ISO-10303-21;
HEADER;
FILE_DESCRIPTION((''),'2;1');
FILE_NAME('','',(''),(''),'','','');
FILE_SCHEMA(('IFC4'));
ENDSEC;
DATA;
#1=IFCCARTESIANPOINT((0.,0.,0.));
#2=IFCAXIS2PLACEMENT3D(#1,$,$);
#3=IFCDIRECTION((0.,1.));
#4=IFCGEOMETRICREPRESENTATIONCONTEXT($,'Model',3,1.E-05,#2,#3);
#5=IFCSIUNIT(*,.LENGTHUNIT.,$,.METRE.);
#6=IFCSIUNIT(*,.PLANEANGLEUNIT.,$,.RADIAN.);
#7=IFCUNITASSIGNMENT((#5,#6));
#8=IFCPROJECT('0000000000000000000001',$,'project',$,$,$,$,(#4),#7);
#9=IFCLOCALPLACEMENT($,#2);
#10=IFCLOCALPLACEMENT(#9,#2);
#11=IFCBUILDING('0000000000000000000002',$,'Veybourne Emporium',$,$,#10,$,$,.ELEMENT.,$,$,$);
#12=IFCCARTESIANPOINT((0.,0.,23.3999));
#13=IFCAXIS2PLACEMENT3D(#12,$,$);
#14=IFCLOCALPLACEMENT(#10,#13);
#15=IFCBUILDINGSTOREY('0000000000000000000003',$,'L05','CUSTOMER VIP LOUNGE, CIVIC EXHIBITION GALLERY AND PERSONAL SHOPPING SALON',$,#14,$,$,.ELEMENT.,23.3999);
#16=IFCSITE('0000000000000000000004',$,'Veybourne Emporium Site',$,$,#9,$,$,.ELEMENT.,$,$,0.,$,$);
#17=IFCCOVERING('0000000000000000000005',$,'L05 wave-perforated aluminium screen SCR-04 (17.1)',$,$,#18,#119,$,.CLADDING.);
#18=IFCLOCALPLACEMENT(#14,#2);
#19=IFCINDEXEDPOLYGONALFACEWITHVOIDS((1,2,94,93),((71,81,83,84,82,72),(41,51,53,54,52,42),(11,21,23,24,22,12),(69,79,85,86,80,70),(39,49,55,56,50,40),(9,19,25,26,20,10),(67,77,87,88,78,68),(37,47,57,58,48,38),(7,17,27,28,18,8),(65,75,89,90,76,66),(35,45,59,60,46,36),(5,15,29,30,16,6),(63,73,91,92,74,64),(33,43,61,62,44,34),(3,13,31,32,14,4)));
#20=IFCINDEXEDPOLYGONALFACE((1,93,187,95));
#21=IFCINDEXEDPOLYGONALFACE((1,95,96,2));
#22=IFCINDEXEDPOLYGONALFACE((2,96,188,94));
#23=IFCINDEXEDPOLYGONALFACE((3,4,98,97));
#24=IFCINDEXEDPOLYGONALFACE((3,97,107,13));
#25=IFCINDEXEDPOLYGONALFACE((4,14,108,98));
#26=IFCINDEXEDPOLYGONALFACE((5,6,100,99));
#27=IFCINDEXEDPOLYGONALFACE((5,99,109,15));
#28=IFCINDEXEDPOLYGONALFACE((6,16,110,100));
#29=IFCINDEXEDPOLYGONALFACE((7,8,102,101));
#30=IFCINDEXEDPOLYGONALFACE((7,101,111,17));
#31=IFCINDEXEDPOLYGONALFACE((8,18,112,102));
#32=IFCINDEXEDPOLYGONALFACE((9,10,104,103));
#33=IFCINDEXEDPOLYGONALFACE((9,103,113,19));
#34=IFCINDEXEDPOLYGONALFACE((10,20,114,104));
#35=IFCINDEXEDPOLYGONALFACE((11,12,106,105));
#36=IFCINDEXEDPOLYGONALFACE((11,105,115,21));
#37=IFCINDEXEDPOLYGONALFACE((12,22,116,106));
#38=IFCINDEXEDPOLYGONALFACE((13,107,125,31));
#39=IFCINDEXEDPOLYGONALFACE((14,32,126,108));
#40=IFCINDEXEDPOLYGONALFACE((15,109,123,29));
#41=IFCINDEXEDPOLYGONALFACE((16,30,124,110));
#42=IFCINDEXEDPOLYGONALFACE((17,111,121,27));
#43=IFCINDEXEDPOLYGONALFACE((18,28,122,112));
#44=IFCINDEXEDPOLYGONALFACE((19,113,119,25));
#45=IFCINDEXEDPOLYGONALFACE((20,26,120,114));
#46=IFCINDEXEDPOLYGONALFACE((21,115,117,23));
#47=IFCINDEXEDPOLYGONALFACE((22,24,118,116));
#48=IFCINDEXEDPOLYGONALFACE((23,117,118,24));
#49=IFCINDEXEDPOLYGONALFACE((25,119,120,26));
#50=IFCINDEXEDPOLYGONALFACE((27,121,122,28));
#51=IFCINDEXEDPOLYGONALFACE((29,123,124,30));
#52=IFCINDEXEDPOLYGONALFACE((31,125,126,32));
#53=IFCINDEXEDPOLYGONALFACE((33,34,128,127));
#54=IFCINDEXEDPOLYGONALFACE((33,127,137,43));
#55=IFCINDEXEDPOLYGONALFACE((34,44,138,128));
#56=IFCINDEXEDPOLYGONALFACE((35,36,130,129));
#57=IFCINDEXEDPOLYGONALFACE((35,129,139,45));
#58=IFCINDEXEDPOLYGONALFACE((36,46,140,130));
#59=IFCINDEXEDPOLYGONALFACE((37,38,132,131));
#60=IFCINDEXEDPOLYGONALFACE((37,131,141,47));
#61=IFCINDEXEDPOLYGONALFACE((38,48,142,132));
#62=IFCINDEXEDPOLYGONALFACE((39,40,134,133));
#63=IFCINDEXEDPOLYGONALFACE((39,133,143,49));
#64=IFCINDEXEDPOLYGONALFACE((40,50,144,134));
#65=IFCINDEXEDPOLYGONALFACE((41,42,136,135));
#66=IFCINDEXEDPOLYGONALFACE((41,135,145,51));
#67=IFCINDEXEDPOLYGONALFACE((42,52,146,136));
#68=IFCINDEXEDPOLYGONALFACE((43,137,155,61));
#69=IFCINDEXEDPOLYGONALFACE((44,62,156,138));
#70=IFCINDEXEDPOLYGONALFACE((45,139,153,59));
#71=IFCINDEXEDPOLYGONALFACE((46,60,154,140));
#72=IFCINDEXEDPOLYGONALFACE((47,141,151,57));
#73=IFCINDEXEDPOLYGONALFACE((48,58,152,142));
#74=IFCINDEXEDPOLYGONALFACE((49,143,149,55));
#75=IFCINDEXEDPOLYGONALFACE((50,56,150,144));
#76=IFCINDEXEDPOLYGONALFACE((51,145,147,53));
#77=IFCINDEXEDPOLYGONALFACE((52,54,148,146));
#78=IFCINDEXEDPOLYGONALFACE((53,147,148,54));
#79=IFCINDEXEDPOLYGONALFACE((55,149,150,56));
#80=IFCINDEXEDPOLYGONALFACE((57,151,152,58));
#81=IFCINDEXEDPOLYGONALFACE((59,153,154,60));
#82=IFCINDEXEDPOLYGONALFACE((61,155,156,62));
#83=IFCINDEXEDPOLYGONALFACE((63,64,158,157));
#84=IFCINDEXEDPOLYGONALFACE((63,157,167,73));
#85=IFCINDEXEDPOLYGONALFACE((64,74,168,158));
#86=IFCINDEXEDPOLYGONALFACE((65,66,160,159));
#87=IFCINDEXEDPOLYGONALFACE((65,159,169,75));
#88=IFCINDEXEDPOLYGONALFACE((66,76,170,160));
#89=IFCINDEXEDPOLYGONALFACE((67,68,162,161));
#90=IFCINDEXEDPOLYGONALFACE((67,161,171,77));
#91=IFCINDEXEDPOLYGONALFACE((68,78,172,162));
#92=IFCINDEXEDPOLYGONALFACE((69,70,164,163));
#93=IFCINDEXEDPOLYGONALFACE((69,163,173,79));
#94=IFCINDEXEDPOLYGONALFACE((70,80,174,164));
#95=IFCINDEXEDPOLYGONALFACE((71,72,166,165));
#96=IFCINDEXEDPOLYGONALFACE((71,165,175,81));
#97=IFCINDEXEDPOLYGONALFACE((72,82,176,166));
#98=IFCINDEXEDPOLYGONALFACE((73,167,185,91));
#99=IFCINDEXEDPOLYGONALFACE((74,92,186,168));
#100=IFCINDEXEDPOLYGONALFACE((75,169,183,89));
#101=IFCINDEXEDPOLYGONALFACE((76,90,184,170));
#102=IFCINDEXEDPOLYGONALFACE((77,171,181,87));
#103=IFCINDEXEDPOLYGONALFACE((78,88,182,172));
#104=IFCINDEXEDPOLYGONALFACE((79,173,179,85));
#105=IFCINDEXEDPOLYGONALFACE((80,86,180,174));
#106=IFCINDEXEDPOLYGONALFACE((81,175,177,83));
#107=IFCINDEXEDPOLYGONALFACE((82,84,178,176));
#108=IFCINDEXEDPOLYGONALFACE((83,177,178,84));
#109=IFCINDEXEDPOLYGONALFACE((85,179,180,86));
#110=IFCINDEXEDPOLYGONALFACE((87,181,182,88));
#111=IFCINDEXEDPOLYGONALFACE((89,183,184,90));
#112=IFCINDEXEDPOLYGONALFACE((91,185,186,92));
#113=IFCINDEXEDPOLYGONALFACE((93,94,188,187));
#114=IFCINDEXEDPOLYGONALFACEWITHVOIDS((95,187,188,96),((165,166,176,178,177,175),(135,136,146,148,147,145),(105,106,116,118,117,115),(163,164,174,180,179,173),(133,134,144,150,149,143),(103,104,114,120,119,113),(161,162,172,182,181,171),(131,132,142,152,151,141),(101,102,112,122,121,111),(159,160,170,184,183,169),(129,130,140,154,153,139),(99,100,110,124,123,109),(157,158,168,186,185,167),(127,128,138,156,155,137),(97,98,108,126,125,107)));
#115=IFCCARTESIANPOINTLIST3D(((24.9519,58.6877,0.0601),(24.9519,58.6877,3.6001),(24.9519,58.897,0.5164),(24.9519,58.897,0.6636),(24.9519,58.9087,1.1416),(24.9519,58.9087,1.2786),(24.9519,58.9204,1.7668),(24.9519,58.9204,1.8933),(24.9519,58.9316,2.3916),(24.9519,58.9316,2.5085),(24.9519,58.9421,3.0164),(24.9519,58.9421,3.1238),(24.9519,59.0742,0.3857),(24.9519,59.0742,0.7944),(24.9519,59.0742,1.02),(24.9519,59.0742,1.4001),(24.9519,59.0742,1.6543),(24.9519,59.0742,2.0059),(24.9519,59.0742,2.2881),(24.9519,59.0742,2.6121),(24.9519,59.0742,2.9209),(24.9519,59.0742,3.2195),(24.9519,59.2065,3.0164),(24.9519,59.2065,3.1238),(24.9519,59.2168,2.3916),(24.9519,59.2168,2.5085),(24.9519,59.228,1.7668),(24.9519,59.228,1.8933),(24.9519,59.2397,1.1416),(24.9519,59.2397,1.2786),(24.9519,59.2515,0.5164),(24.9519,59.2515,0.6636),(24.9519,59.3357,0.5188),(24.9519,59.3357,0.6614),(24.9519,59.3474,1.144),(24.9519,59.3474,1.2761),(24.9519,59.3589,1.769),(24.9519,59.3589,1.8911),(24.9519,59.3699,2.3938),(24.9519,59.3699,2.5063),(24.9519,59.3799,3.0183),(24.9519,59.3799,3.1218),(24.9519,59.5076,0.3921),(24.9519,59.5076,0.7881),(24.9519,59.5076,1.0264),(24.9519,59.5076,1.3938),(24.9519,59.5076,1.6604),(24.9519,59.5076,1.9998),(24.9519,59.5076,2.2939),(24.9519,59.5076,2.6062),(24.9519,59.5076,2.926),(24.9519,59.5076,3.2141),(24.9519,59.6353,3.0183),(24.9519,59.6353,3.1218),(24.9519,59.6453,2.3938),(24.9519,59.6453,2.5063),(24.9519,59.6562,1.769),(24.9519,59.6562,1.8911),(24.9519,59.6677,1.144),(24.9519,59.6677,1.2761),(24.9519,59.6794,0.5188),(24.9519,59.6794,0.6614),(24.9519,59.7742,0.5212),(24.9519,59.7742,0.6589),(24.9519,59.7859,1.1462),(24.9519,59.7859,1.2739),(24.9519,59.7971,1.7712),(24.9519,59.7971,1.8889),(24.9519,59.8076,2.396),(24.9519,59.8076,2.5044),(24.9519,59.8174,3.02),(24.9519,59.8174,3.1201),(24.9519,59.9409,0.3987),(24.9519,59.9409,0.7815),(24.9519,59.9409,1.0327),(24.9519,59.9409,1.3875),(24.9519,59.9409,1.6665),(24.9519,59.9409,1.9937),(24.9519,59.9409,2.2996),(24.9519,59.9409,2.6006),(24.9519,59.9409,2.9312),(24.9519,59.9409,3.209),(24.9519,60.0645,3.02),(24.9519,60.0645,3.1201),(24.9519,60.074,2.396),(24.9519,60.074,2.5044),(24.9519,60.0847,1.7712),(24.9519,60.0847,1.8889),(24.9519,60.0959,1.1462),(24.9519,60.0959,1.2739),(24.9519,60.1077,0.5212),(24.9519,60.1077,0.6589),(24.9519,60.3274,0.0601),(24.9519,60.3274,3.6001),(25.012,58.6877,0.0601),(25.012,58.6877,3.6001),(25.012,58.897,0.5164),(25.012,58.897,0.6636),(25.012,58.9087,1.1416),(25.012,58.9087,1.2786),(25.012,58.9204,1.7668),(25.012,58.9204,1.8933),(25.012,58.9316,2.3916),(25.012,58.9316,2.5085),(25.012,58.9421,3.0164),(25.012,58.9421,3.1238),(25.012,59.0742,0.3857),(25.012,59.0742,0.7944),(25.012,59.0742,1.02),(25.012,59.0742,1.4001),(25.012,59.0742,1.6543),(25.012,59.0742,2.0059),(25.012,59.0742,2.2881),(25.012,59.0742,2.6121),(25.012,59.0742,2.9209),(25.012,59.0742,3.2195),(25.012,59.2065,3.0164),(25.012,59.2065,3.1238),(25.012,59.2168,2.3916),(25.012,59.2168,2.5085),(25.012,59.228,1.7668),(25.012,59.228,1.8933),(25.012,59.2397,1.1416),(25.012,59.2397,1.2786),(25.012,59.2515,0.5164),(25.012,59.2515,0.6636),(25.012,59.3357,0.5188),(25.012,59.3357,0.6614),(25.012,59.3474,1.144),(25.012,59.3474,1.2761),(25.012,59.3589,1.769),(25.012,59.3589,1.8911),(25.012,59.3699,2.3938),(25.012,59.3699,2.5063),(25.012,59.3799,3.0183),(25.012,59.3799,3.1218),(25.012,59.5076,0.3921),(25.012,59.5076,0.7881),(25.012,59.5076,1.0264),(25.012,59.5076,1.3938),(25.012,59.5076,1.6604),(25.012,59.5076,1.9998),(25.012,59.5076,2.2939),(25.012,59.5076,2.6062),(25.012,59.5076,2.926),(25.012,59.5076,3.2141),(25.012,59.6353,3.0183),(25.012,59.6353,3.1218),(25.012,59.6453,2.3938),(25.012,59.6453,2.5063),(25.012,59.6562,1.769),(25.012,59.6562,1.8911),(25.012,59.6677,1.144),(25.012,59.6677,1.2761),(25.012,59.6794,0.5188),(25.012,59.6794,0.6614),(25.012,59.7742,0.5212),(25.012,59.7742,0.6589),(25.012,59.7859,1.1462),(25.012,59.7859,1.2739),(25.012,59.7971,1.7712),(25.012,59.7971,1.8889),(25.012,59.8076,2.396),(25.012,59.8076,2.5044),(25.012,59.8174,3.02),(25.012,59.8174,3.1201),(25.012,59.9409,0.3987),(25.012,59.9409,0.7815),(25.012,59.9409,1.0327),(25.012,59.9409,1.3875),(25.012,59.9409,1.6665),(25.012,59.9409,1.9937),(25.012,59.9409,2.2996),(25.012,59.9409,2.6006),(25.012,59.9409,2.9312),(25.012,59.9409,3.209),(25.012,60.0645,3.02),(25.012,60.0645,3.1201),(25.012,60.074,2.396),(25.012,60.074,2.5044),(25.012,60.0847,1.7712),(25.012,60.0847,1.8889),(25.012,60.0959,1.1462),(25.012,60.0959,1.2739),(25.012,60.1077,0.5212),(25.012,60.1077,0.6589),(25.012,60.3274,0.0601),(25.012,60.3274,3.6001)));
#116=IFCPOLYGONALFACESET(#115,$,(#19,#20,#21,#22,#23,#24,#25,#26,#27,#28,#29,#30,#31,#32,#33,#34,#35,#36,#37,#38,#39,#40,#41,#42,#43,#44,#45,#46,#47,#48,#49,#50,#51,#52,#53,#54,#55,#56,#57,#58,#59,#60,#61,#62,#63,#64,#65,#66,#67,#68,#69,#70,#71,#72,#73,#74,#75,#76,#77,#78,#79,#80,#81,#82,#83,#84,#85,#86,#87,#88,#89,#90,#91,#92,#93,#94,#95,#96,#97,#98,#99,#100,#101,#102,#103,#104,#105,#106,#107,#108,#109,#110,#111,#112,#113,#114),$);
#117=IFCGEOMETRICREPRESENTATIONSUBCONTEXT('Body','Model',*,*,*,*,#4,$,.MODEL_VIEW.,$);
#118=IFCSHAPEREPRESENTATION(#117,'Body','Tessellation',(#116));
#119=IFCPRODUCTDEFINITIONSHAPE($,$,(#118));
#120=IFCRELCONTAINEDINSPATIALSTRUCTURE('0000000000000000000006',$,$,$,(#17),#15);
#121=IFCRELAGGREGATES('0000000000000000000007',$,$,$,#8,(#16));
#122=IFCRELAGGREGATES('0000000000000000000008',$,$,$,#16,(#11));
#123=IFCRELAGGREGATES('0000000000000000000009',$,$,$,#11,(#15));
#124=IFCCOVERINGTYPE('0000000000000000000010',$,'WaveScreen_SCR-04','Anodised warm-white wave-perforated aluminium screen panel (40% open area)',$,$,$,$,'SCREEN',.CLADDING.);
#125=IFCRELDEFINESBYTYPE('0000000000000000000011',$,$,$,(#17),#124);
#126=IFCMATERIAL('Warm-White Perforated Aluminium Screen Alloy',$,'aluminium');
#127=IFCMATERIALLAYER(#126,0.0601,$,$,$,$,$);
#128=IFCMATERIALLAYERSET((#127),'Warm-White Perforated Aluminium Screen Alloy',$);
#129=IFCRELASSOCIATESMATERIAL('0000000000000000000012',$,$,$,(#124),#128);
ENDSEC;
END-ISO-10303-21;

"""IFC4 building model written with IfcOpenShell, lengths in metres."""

from ifc_helpers import new_model, si_unit, direction, frame, origin, place, context, subcontext, project, spatial, polyline, outline, extrude, material, layer, layer_set, type_object, element, save


model = new_model("IFC4")

# Units and contexts
model_context = context("Model", 3, precision=1e-05, world=origin(), true_north=direction((0.0, 1.0)))
body_context = subcontext(model_context, "Body", "Model", "MODEL_VIEW")
ifc_project = project(units=[si_unit("LENGTHUNIT", "METRE"), si_unit("PLANEANGLEUNIT", "RADIAN")], contexts=[model_context])

# Site, building, storey
site_placement = place(None, origin())
site = spatial("IfcSite", under=ifc_project, at=site_placement, Name="Veybourne Emporium Site", CompositionType="ELEMENT", RefElevation=0.0)
building_placement = place(site_placement, origin())
building = spatial("IfcBuilding", under=site, at=building_placement, Name="Veybourne Emporium", CompositionType="ELEMENT")
storey_placement = place(building_placement, frame((0.0, 0.0, 23.3999)))
storey = spatial("IfcBuildingStorey", under=building, at=storey_placement, Name="L05", Description="CUSTOMER VIP LOUNGE, CIVIC EXHIBITION GALLERY AND PERSONAL SHOPPING SALON", CompositionType="ELEMENT", Elevation=23.3999)

# Covering
ifc_material_1 = material(Name="Warm-White Perforated Aluminium Screen Alloy", Category="aluminium")
ifc_layer_1 = layer(ifc_material_1, 0.0601)
ifc_layer_set_1 = layer_set([ifc_layer_1], Name="Warm-White Perforated Aluminium Screen Alloy")
covering_type_1 = type_object("IfcCoveringType", Name="WaveScreen_SCR-04", Description="Anodised warm-white wave-perforated aluminium screen panel (40% open area)", ElementType="SCREEN", PredefinedType="CLADDING", material=ifc_layer_set_1)
covering_1_placement = place(storey_placement, frame((24.9519, 59.5076, 1.8301), z_axis=(1.0, 0.0, 0.0), x_axis=(0.0, 1.0, 0.0)))
element("IfcCovering", 1, at=covering_1_placement, inside=storey, type_object=covering_type_1, Name="L05 wave-perforated aluminium screen SCR-04 (17.1)", PredefinedType="CLADDING", context=body_context, shape_type="SweptSolid", body=[
    extrude(outline(polyline([(-0.8198, -1.77), (0.8198, -1.77), (0.8198, 1.77), (-0.8198, 1.77), (-0.8198, -1.77)]), holes=[polyline([(-0.4333, -1.0356), (-0.2561, -1.1665), (-0.2561, -1.3137), (-0.4333, -1.4443), (-0.6106, -1.3137), (-0.6106, -1.1665), (-0.4333, -1.0356)]), polyline([(-0.4333, -0.4299), (-0.2678, -0.5515), (-0.2678, -0.6885), (-0.4333, -0.8101), (-0.5989, -0.6885), (-0.5989, -0.5515), (-0.4333, -0.4299)]), polyline([(-0.4333, 0.1758), (-0.2795, 0.0632), (-0.2795, -0.0632), (-0.4333, -0.1758), (-0.5872, -0.0632), (-0.5872, 0.0632), (-0.4333, 0.1758)]), polyline([(-0.4333, 0.782), (-0.2908, 0.6785), (-0.2908, 0.5615), (-0.4333, 0.458), (-0.5759, 0.5615), (-0.5759, 0.6785), (-0.4333, 0.782)]), polyline([(-0.4333, 1.3894), (-0.301, 1.2937), (-0.301, 1.1863), (-0.4333, 1.0908), (-0.5654, 1.1863), (-0.5654, 1.2937), (-0.4333, 1.3894)]), polyline([(0.0, -1.042), (0.1719, -1.1687), (0.1719, -1.3113), (0.0, -1.438), (-0.1719, -1.3113), (-0.1719, -1.1687), (0.0, -1.042)]), polyline([(0.0, -0.4363), (0.1602, -0.554), (0.1602, -0.686), (0.0, -0.8037), (-0.1602, -0.686), (-0.1602, -0.554), (0.0, -0.4363)]), polyline([(0.0, 0.1697), (0.1487, 0.061), (0.1487, -0.061), (0.0, -0.1697), (-0.1487, -0.061), (-0.1487, 0.061), (0.0, 0.1697)]), polyline([(0.0, 0.7761), (0.1377, 0.6763), (0.1377, 0.5637), (0.0, 0.4639), (-0.1377, 0.5637), (-0.1377, 0.6763), (0.0, 0.7761)]), polyline([(0.0, 1.384), (0.1277, 1.2917), (0.1277, 1.1882), (0.0, 1.0959), (-0.1277, 1.1882), (-0.1277, 1.2917), (0.0, 1.384)]), polyline([(0.4333, -1.0486), (0.6001, -1.1711), (0.6001, -1.3088), (0.4333, -1.4314), (0.2666, -1.3088), (0.2666, -1.1711), (0.4333, -1.0486)]), polyline([(0.4333, -0.4426), (0.5884, -0.5562), (0.5884, -0.6838), (0.4333, -0.7974), (0.2783, -0.6838), (0.2783, -0.5562), (0.4333, -0.4426)]), polyline([(0.4333, 0.1636), (0.5771, 0.0588), (0.5771, -0.0588), (0.4333, -0.1636), (0.2896, -0.0588), (0.2896, 0.0588), (0.4333, 0.1636)]), polyline([(0.4333, 0.7705), (0.5664, 0.6743), (0.5664, 0.5659), (0.4333, 0.4695), (0.3, 0.5659), (0.3, 0.6743), (0.4333, 0.7705)]), polyline([(0.4333, 1.3789), (0.5569, 1.29), (0.5569, 1.1899), (0.4333, 1.1011), (0.3098, 1.1899), (0.3098, 1.29), (0.4333, 1.3789)])]), origin(), (0.0, 0.0, 1.0), 0.0601),
])

save(model, "model.ifc")
